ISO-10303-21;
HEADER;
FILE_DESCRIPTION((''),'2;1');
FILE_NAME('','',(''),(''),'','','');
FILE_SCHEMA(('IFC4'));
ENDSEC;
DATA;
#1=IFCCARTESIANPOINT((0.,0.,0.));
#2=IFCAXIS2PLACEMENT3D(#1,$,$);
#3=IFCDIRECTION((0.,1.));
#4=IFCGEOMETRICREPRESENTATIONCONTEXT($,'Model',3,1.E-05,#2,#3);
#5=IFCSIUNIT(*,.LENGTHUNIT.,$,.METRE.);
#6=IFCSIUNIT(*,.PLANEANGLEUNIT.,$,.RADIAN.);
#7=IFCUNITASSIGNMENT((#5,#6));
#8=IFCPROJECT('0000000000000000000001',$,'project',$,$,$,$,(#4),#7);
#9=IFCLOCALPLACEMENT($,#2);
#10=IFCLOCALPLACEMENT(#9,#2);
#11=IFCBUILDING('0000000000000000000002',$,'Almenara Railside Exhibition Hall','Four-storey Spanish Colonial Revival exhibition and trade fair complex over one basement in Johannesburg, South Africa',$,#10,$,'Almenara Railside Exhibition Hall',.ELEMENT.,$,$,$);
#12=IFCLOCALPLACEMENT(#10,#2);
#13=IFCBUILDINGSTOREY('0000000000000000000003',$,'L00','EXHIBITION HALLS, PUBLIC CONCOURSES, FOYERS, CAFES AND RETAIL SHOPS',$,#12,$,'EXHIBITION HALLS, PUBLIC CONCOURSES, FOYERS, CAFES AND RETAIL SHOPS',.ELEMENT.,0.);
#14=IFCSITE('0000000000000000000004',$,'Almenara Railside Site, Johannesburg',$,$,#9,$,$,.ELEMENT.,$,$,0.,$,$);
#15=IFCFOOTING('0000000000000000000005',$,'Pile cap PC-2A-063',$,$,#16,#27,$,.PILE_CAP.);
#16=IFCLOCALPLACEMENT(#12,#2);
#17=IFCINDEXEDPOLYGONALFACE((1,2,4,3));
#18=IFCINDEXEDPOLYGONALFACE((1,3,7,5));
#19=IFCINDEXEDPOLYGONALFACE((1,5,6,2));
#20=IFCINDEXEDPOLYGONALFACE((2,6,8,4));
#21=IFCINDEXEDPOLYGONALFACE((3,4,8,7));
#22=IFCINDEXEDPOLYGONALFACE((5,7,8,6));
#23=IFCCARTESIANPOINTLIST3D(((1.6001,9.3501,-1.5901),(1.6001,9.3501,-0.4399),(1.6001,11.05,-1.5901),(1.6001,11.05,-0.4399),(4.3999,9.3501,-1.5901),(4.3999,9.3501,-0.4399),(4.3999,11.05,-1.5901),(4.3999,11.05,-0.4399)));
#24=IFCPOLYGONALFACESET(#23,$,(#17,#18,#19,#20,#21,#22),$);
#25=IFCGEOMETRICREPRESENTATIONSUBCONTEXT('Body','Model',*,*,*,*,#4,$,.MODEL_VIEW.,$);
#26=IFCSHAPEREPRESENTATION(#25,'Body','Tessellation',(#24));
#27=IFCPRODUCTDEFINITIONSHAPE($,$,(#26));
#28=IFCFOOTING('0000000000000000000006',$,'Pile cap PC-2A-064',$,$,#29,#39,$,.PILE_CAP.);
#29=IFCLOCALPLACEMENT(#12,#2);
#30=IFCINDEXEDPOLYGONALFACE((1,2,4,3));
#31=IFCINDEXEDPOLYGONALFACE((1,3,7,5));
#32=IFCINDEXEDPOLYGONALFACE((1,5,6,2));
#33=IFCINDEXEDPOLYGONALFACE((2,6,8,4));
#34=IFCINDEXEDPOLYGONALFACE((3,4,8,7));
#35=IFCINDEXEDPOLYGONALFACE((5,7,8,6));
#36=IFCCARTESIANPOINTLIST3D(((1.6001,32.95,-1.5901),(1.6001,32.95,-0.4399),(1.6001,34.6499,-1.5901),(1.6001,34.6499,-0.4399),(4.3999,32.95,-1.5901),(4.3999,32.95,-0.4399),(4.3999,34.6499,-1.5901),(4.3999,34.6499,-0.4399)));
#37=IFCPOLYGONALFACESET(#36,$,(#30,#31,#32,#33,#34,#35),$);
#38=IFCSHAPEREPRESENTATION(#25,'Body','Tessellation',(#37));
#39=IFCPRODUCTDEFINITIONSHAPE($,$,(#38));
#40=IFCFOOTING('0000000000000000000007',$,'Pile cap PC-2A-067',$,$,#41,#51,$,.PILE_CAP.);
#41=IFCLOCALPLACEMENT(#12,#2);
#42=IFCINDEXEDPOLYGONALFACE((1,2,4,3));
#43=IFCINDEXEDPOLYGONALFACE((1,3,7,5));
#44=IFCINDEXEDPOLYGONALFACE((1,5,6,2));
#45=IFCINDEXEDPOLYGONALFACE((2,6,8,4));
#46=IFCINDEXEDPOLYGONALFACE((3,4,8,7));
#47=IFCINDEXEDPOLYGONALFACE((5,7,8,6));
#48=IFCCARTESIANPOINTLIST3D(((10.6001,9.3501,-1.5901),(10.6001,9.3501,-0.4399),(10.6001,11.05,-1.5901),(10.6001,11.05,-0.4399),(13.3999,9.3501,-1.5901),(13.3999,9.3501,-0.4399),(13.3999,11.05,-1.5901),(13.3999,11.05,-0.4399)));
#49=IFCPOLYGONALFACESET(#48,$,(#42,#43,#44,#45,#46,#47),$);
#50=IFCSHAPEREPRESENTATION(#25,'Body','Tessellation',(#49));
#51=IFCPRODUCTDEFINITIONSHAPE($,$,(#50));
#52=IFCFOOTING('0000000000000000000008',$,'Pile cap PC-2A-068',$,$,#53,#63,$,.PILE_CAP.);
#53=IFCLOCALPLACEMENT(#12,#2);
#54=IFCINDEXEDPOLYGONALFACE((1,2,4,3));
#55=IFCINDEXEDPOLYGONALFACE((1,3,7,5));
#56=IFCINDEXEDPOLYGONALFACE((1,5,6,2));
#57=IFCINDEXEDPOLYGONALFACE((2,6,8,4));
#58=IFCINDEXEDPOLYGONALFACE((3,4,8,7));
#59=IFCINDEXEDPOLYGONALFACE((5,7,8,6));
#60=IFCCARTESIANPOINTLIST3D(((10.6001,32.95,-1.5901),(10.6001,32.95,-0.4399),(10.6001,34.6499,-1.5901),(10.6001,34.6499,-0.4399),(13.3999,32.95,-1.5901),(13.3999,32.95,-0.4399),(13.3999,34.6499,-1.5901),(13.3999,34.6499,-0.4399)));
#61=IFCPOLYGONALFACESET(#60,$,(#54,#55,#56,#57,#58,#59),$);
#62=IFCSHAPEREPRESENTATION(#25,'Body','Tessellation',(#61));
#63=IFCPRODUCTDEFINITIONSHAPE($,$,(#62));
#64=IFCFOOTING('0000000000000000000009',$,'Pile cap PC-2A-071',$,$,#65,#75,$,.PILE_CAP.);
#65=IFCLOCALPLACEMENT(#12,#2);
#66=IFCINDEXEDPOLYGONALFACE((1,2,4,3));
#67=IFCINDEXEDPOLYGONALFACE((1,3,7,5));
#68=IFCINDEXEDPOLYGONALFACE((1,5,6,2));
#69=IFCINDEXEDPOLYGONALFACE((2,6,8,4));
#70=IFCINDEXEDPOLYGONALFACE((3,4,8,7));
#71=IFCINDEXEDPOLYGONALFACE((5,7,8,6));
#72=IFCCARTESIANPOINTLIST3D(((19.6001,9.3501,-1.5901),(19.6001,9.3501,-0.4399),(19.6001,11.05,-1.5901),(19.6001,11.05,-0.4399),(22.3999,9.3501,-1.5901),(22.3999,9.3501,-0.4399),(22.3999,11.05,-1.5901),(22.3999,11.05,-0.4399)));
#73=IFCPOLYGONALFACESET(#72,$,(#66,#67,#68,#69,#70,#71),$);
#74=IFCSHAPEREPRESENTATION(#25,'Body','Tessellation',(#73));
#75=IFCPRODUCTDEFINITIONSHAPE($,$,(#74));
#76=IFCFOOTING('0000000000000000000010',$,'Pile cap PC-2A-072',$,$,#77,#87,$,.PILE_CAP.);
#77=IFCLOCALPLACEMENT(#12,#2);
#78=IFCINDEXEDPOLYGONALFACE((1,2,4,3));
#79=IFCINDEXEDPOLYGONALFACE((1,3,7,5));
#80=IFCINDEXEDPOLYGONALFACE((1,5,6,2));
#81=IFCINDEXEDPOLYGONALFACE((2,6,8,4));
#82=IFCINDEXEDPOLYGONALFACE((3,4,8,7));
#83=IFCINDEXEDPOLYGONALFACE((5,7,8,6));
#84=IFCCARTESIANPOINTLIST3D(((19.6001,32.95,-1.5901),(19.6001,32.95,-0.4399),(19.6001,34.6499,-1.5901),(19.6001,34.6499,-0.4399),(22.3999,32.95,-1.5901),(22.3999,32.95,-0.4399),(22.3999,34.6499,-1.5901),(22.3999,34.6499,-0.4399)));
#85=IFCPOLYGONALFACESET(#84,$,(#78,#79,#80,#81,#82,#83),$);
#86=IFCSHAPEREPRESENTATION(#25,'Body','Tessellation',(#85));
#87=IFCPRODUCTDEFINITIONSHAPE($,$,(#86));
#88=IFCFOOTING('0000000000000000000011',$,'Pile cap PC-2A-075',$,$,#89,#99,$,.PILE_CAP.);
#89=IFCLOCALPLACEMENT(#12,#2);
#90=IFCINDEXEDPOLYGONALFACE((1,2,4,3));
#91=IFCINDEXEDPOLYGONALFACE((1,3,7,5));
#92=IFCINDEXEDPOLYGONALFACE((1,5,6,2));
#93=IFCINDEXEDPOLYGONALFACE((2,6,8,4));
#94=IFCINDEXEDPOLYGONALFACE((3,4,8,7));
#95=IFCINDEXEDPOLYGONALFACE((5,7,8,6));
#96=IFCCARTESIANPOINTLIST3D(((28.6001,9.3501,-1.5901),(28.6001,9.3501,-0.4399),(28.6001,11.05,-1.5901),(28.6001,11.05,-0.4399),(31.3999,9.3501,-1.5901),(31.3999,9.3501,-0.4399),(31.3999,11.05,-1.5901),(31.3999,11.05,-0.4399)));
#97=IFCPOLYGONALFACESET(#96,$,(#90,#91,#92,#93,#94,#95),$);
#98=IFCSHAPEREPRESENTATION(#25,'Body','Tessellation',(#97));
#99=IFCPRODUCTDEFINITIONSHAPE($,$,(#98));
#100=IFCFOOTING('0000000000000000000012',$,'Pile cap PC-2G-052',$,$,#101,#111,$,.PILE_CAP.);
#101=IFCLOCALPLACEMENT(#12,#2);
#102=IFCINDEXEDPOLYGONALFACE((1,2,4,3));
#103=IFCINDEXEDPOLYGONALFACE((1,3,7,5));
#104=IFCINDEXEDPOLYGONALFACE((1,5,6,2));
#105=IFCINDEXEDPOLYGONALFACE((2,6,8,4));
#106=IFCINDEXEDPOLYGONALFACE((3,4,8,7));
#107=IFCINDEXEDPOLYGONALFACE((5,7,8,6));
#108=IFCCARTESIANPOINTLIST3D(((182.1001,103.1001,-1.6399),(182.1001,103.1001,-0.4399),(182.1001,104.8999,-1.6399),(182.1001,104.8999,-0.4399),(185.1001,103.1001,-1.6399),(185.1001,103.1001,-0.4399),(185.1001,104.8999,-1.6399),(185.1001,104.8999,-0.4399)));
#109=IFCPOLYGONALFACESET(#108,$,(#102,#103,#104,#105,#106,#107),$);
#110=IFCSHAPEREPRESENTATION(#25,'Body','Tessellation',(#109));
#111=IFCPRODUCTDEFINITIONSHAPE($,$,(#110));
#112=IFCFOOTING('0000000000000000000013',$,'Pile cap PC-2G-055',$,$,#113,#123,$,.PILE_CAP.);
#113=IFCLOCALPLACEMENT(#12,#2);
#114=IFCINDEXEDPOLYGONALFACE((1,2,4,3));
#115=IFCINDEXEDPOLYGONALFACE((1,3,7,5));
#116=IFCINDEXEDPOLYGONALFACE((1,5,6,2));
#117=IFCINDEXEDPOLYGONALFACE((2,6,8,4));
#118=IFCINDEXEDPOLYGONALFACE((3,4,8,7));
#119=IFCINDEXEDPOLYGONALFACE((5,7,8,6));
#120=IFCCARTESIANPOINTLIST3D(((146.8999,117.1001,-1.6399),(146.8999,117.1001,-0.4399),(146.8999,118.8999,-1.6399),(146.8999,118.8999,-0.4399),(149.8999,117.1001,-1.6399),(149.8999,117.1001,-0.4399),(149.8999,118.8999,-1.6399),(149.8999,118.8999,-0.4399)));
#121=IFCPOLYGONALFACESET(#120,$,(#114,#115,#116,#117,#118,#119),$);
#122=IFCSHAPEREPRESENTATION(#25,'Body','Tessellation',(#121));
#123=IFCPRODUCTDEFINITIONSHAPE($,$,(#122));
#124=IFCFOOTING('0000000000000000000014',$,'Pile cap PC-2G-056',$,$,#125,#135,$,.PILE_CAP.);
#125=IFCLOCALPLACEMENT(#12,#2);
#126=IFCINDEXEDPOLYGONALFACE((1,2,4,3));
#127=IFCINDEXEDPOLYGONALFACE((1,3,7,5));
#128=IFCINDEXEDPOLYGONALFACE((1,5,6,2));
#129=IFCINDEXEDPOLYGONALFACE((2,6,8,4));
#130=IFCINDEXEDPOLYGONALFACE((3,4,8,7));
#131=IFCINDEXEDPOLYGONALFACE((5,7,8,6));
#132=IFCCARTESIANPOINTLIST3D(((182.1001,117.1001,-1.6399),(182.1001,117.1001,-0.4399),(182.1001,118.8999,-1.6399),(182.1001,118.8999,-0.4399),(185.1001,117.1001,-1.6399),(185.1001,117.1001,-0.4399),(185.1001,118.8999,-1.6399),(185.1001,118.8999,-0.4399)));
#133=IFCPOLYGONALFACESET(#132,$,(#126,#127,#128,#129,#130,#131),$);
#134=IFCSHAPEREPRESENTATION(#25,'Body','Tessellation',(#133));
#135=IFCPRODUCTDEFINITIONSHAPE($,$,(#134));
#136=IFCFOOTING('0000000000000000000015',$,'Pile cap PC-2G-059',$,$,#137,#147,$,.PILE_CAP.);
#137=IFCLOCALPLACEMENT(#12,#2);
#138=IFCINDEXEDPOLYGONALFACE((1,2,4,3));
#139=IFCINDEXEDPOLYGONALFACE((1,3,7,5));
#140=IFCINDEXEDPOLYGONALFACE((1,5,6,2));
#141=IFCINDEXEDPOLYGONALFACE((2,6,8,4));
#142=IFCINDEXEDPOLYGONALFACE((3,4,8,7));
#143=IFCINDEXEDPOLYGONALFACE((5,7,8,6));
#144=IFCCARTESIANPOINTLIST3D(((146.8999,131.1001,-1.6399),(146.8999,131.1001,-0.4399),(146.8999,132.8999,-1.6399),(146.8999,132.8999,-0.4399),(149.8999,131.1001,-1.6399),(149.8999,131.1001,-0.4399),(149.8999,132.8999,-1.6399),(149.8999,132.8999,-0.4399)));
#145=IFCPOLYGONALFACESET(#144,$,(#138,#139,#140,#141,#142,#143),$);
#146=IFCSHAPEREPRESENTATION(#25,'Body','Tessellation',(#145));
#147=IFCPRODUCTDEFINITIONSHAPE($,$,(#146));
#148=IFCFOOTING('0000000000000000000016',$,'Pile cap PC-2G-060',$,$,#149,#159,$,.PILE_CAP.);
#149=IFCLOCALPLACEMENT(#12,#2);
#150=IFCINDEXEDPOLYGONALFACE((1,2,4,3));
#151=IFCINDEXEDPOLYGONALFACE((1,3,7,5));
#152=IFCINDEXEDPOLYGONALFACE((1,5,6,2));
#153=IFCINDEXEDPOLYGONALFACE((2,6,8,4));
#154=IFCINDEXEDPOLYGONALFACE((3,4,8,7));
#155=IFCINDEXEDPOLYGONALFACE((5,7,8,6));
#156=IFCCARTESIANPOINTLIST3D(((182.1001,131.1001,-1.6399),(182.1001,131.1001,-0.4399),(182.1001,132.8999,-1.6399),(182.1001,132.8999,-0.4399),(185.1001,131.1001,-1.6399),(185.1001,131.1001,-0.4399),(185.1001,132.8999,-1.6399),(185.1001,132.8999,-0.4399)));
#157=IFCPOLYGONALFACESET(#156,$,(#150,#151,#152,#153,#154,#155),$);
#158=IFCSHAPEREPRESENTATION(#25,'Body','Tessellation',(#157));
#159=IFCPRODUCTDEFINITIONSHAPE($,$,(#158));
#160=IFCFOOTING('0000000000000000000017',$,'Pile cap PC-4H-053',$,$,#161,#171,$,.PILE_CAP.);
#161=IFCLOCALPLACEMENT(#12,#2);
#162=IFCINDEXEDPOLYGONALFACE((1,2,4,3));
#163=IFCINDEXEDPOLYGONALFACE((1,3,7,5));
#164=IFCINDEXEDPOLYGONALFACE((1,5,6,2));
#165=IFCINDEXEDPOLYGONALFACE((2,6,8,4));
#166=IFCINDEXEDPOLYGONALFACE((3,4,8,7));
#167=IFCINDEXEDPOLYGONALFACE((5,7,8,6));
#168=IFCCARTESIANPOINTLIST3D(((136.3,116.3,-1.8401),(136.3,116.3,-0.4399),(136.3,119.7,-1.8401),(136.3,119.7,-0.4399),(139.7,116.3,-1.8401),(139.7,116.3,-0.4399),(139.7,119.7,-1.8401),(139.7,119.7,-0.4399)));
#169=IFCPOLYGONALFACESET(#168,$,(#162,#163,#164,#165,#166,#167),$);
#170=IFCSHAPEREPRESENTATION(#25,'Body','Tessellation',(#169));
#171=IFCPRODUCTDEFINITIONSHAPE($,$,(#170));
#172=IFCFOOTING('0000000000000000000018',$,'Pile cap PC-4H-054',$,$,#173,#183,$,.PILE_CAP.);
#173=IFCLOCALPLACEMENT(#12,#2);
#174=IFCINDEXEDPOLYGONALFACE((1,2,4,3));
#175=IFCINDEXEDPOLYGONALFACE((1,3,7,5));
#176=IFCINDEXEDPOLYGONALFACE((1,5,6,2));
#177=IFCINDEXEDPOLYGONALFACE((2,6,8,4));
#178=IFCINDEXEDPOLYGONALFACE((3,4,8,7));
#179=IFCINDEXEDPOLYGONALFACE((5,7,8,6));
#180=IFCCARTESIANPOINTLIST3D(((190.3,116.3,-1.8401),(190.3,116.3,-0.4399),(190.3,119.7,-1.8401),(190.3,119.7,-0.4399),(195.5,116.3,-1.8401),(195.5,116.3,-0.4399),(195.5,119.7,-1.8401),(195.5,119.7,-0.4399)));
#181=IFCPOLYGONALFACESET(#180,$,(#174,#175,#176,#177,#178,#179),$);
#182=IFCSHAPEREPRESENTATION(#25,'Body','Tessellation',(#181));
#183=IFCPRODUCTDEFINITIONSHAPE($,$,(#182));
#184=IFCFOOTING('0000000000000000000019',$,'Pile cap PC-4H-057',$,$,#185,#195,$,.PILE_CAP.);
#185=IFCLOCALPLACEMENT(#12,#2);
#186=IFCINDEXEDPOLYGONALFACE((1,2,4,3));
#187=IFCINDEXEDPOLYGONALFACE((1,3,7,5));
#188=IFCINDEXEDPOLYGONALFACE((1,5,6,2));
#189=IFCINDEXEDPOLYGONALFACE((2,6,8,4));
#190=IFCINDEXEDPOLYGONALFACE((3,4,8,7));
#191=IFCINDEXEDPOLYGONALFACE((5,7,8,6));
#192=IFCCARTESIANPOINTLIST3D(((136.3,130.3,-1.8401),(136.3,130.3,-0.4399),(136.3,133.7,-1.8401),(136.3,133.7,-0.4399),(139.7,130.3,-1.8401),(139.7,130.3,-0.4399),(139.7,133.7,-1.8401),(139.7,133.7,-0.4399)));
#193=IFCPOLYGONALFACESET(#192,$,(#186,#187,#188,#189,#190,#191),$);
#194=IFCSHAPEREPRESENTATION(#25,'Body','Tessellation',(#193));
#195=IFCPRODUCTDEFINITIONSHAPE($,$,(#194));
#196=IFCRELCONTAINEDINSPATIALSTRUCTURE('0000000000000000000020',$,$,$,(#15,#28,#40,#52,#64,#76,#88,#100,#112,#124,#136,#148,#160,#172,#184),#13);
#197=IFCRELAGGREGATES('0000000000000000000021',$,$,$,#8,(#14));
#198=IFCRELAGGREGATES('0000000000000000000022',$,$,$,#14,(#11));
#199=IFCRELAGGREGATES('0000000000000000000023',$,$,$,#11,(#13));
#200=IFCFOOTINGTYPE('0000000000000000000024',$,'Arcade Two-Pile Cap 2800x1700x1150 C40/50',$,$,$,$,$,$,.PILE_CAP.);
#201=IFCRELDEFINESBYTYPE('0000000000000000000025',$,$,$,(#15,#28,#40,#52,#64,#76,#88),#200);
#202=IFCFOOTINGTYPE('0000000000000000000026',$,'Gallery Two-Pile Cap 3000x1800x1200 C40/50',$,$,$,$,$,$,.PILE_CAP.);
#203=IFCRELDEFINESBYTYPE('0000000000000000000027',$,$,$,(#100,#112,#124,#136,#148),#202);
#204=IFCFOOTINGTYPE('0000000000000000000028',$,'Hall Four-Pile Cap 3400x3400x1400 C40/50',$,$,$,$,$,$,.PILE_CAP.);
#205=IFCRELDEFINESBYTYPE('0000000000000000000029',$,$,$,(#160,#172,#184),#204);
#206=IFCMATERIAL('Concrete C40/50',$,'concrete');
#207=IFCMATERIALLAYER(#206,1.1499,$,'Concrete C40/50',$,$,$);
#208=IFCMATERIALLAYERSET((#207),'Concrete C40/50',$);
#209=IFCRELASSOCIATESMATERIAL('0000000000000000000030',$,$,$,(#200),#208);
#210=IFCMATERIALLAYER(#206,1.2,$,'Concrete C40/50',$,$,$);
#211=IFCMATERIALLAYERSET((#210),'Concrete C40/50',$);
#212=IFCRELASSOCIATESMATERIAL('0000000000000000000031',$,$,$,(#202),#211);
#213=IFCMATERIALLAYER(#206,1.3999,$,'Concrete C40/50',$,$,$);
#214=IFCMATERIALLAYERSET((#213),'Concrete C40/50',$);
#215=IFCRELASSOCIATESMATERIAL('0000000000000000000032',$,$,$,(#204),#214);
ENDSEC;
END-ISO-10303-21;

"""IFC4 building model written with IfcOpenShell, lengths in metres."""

from ifc_helpers import new_model, si_unit, direction, frame, origin, place, context, subcontext, project, spatial, polyline, outline, extrude, material, layer, layer_set, type_object, element, save


model = new_model("IFC4")

# Units and contexts
model_context = context("Model", 3, precision=1e-05, world=origin(), true_north=direction((0.0, 1.0)))
body_context = subcontext(model_context, "Body", "Model", "MODEL_VIEW")
ifc_project = project(units=[si_unit("LENGTHUNIT", "METRE"), si_unit("PLANEANGLEUNIT", "RADIAN")], contexts=[model_context])

# Site, building, storey
site_placement = place(None, origin())
site = spatial("IfcSite", under=ifc_project, at=site_placement, Name="Almenara Railside Site, Johannesburg", CompositionType="ELEMENT", RefElevation=0.0)
building_placement = place(site_placement, origin())
building = spatial("IfcBuilding", under=site, at=building_placement, Name="Almenara Railside Exhibition Hall", Description="Four-storey Spanish Colonial Revival exhibition and trade fair complex over one basement in Johannesburg, South Africa", LongName="Almenara Railside Exhibition Hall", CompositionType="ELEMENT")
storey_placement = place(building_placement, origin())
storey = spatial("IfcBuildingStorey", under=building, at=storey_placement, Name="L00", Description="EXHIBITION HALLS, PUBLIC CONCOURSES, FOYERS, CAFES AND RETAIL SHOPS", LongName="EXHIBITION HALLS, PUBLIC CONCOURSES, FOYERS, CAFES AND RETAIL SHOPS", CompositionType="ELEMENT", Elevation=0.0)

# Footings
ifc_material = material(Name="Concrete C40/50", Category="concrete")
ifc_layer_1 = layer(ifc_material, 1.1499, Name="Concrete C40/50")
ifc_layer_set_1 = layer_set([ifc_layer_1], Name="Concrete C40/50")
footing_type_1 = type_object("IfcFootingType", Name="Arcade Two-Pile Cap 2800x1700x1150 C40/50", PredefinedType="PILE_CAP", material=ifc_layer_set_1)
footing_1_placement = place(storey_placement, frame((0.0, 0.0, -1.5901)))
element("IfcFooting", 1, at=footing_1_placement, inside=storey, type_object=footing_type_1, Name="Pile cap PC-2A-063", PredefinedType="PILE_CAP", context=body_context, shape_type="SweptSolid", body=[
    extrude(outline(polyline([(1.6001, 9.3501), (4.3999, 9.3501), (4.3999, 11.05), (1.6001, 11.05), (1.6001, 9.3501)])), origin(), (0.0, 0.0, 1.0), 1.1501),
])
footing_2_placement = place(storey_placement, frame((0.0, 0.0, -1.5901)))
element("IfcFooting", 2, at=footing_2_placement, inside=storey, type_object=footing_type_1, Name="Pile cap PC-2A-064", PredefinedType="PILE_CAP", context=body_context, shape_type="SweptSolid", body=[
    extrude(outline(polyline([(1.6001, 32.95), (4.3999, 32.95), (4.3999, 34.6499), (1.6001, 34.6499), (1.6001, 32.95)])), origin(), (0.0, 0.0, 1.0), 1.1501),
])
footing_3_placement = place(storey_placement, frame((0.0, 0.0, -1.5901)))
element("IfcFooting", 3, at=footing_3_placement, inside=storey, type_object=footing_type_1, Name="Pile cap PC-2A-067", PredefinedType="PILE_CAP", context=body_context, shape_type="SweptSolid", body=[
    extrude(outline(polyline([(10.6001, 9.3501), (13.3999, 9.3501), (13.3999, 11.05), (10.6001, 11.05), (10.6001, 9.3501)])), origin(), (0.0, 0.0, 1.0), 1.1501),
])
footing_4_placement = place(storey_placement, frame((0.0, 0.0, -1.5901)))
element("IfcFooting", 4, at=footing_4_placement, inside=storey, type_object=footing_type_1, Name="Pile cap PC-2A-068", PredefinedType="PILE_CAP", context=body_context, shape_type="SweptSolid", body=[
    extrude(outline(polyline([(10.6001, 32.95), (13.3999, 32.95), (13.3999, 34.6499), (10.6001, 34.6499), (10.6001, 32.95)])), origin(), (0.0, 0.0, 1.0), 1.1501),
])
footing_5_placement = place(storey_placement, frame((0.0, 0.0, -1.5901)))
element("IfcFooting", 5, at=footing_5_placement, inside=storey, type_object=footing_type_1, Name="Pile cap PC-2A-071", PredefinedType="PILE_CAP", context=body_context, shape_type="SweptSolid", body=[
    extrude(outline(polyline([(19.6001, 9.3501), (22.3999, 9.3501), (22.3999, 11.05), (19.6001, 11.05), (19.6001, 9.3501)])), origin(), (0.0, 0.0, 1.0), 1.1501),
])
footing_6_placement = place(storey_placement, frame((0.0, 0.0, -1.5901)))
element("IfcFooting", 6, at=footing_6_placement, inside=storey, type_object=footing_type_1, Name="Pile cap PC-2A-072", PredefinedType="PILE_CAP", context=body_context, shape_type="SweptSolid", body=[
    extrude(outline(polyline([(19.6001, 32.95), (22.3999, 32.95), (22.3999, 34.6499), (19.6001, 34.6499), (19.6001, 32.95)])), origin(), (0.0, 0.0, 1.0), 1.1501),
])
footing_7_placement = place(storey_placement, frame((0.0, 0.0, -1.5901)))
element("IfcFooting", 7, at=footing_7_placement, inside=storey, type_object=footing_type_1, Name="Pile cap PC-2A-075", PredefinedType="PILE_CAP", context=body_context, shape_type="SweptSolid", body=[
    extrude(outline(polyline([(28.6001, 9.3501), (31.3999, 9.3501), (31.3999, 11.05), (28.6001, 11.05), (28.6001, 9.3501)])), origin(), (0.0, 0.0, 1.0), 1.1501),
])
ifc_layer_2 = layer(ifc_material, 1.2, Name="Concrete C40/50")
ifc_layer_set_2 = layer_set([ifc_layer_2], Name="Concrete C40/50")
footing_type_2 = type_object("IfcFootingType", Name="Gallery Two-Pile Cap 3000x1800x1200 C40/50", PredefinedType="PILE_CAP", material=ifc_layer_set_2)
footing_8_placement = place(storey_placement, frame((0.0, 0.0, -1.6399)))
element("IfcFooting", 8, at=footing_8_placement, inside=storey, type_object=footing_type_2, Name="Pile cap PC-2G-052", PredefinedType="PILE_CAP", context=body_context, shape_type="SweptSolid", body=[
    extrude(outline(polyline([(182.1001, 103.1001), (185.1001, 103.1001), (185.1001, 104.8999), (182.1001, 104.8999), (182.1001, 103.1001)])), origin(), (0.0, 0.0, 1.0), 1.2),
])
footing_9_placement = place(storey_placement, frame((0.0, 0.0, -1.6399)))
element("IfcFooting", 9, at=footing_9_placement, inside=storey, type_object=footing_type_2, Name="Pile cap PC-2G-055", PredefinedType="PILE_CAP", context=body_context, shape_type="SweptSolid", body=[
    extrude(outline(polyline([(146.8999, 117.1001), (149.8999, 117.1001), (149.8999, 118.8999), (146.8999, 118.8999), (146.8999, 117.1001)])), origin(), (0.0, 0.0, 1.0), 1.2),
])
footing_10_placement = place(storey_placement, frame((0.0, 0.0, -1.6399)))
element("IfcFooting", 10, at=footing_10_placement, inside=storey, type_object=footing_type_2, Name="Pile cap PC-2G-056", PredefinedType="PILE_CAP", context=body_context, shape_type="SweptSolid", body=[
    extrude(outline(polyline([(182.1001, 117.1001), (185.1001, 117.1001), (185.1001, 118.8999), (182.1001, 118.8999), (182.1001, 117.1001)])), origin(), (0.0, 0.0, 1.0), 1.2),
])
footing_11_placement = place(storey_placement, frame((0.0, 0.0, -1.6399)))
element("IfcFooting", 11, at=footing_11_placement, inside=storey, type_object=footing_type_2, Name="Pile cap PC-2G-059", PredefinedType="PILE_CAP", context=body_context, shape_type="SweptSolid", body=[
    extrude(outline(polyline([(146.8999, 131.1001), (149.8999, 131.1001), (149.8999, 132.8999), (146.8999, 132.8999), (146.8999, 131.1001)])), origin(), (0.0, 0.0, 1.0), 1.2),
])
footing_12_placement = place(storey_placement, frame((0.0, 0.0, -1.6399)))
element("IfcFooting", 12, at=footing_12_placement, inside=storey, type_object=footing_type_2, Name="Pile cap PC-2G-060", PredefinedType="PILE_CAP", context=body_context, shape_type="SweptSolid", body=[
    extrude(outline(polyline([(182.1001, 131.1001), (185.1001, 131.1001), (185.1001, 132.8999), (182.1001, 132.8999), (182.1001, 131.1001)])), origin(), (0.0, 0.0, 1.0), 1.2),
])
ifc_layer_3 = layer(ifc_material, 1.3999, Name="Concrete C40/50")
ifc_layer_set_3 = layer_set([ifc_layer_3], Name="Concrete C40/50")
footing_type_3 = type_object("IfcFootingType", Name="Hall Four-Pile Cap 3400x3400x1400 C40/50", PredefinedType="PILE_CAP", material=ifc_layer_set_3)
footing_13_placement = place(storey_placement, frame((0.0, 0.0, -1.8401)))
element("IfcFooting", 13, at=footing_13_placement, inside=storey, type_object=footing_type_3, Name="Pile cap PC-4H-053", PredefinedType="PILE_CAP", context=body_context, shape_type="SweptSolid", body=[
    extrude(outline(polyline([(136.3, 116.3), (139.7, 116.3), (139.7, 119.7), (136.3, 119.7), (136.3, 116.3)])), origin(), (0.0, 0.0, 1.0), 1.4001),
])
footing_14_placement = place(storey_placement, frame((0.0, 0.0, -1.8401)))
element("IfcFooting", 14, at=footing_14_placement, inside=storey, type_object=footing_type_3, Name="Pile cap PC-4H-054", PredefinedType="PILE_CAP", context=body_context, shape_type="SweptSolid", body=[
    extrude(outline(polyline([(190.3, 116.3), (195.5, 116.3), (195.5, 119.7), (190.3, 119.7), (190.3, 116.3)])), origin(), (0.0, 0.0, 1.0), 1.4001),
])
footing_15_placement = place(storey_placement, frame((0.0, 0.0, -1.8401)))
element("IfcFooting", 15, at=footing_15_placement, inside=storey, type_object=footing_type_3, Name="Pile cap PC-4H-057", PredefinedType="PILE_CAP", context=body_context, shape_type="SweptSolid", body=[
    extrude(outline(polyline([(136.3, 130.3), (139.7, 130.3), (139.7, 133.7), (136.3, 133.7), (136.3, 130.3)])), origin(), (0.0, 0.0, 1.0), 1.4001),
])

save(model, "model.ifc")
